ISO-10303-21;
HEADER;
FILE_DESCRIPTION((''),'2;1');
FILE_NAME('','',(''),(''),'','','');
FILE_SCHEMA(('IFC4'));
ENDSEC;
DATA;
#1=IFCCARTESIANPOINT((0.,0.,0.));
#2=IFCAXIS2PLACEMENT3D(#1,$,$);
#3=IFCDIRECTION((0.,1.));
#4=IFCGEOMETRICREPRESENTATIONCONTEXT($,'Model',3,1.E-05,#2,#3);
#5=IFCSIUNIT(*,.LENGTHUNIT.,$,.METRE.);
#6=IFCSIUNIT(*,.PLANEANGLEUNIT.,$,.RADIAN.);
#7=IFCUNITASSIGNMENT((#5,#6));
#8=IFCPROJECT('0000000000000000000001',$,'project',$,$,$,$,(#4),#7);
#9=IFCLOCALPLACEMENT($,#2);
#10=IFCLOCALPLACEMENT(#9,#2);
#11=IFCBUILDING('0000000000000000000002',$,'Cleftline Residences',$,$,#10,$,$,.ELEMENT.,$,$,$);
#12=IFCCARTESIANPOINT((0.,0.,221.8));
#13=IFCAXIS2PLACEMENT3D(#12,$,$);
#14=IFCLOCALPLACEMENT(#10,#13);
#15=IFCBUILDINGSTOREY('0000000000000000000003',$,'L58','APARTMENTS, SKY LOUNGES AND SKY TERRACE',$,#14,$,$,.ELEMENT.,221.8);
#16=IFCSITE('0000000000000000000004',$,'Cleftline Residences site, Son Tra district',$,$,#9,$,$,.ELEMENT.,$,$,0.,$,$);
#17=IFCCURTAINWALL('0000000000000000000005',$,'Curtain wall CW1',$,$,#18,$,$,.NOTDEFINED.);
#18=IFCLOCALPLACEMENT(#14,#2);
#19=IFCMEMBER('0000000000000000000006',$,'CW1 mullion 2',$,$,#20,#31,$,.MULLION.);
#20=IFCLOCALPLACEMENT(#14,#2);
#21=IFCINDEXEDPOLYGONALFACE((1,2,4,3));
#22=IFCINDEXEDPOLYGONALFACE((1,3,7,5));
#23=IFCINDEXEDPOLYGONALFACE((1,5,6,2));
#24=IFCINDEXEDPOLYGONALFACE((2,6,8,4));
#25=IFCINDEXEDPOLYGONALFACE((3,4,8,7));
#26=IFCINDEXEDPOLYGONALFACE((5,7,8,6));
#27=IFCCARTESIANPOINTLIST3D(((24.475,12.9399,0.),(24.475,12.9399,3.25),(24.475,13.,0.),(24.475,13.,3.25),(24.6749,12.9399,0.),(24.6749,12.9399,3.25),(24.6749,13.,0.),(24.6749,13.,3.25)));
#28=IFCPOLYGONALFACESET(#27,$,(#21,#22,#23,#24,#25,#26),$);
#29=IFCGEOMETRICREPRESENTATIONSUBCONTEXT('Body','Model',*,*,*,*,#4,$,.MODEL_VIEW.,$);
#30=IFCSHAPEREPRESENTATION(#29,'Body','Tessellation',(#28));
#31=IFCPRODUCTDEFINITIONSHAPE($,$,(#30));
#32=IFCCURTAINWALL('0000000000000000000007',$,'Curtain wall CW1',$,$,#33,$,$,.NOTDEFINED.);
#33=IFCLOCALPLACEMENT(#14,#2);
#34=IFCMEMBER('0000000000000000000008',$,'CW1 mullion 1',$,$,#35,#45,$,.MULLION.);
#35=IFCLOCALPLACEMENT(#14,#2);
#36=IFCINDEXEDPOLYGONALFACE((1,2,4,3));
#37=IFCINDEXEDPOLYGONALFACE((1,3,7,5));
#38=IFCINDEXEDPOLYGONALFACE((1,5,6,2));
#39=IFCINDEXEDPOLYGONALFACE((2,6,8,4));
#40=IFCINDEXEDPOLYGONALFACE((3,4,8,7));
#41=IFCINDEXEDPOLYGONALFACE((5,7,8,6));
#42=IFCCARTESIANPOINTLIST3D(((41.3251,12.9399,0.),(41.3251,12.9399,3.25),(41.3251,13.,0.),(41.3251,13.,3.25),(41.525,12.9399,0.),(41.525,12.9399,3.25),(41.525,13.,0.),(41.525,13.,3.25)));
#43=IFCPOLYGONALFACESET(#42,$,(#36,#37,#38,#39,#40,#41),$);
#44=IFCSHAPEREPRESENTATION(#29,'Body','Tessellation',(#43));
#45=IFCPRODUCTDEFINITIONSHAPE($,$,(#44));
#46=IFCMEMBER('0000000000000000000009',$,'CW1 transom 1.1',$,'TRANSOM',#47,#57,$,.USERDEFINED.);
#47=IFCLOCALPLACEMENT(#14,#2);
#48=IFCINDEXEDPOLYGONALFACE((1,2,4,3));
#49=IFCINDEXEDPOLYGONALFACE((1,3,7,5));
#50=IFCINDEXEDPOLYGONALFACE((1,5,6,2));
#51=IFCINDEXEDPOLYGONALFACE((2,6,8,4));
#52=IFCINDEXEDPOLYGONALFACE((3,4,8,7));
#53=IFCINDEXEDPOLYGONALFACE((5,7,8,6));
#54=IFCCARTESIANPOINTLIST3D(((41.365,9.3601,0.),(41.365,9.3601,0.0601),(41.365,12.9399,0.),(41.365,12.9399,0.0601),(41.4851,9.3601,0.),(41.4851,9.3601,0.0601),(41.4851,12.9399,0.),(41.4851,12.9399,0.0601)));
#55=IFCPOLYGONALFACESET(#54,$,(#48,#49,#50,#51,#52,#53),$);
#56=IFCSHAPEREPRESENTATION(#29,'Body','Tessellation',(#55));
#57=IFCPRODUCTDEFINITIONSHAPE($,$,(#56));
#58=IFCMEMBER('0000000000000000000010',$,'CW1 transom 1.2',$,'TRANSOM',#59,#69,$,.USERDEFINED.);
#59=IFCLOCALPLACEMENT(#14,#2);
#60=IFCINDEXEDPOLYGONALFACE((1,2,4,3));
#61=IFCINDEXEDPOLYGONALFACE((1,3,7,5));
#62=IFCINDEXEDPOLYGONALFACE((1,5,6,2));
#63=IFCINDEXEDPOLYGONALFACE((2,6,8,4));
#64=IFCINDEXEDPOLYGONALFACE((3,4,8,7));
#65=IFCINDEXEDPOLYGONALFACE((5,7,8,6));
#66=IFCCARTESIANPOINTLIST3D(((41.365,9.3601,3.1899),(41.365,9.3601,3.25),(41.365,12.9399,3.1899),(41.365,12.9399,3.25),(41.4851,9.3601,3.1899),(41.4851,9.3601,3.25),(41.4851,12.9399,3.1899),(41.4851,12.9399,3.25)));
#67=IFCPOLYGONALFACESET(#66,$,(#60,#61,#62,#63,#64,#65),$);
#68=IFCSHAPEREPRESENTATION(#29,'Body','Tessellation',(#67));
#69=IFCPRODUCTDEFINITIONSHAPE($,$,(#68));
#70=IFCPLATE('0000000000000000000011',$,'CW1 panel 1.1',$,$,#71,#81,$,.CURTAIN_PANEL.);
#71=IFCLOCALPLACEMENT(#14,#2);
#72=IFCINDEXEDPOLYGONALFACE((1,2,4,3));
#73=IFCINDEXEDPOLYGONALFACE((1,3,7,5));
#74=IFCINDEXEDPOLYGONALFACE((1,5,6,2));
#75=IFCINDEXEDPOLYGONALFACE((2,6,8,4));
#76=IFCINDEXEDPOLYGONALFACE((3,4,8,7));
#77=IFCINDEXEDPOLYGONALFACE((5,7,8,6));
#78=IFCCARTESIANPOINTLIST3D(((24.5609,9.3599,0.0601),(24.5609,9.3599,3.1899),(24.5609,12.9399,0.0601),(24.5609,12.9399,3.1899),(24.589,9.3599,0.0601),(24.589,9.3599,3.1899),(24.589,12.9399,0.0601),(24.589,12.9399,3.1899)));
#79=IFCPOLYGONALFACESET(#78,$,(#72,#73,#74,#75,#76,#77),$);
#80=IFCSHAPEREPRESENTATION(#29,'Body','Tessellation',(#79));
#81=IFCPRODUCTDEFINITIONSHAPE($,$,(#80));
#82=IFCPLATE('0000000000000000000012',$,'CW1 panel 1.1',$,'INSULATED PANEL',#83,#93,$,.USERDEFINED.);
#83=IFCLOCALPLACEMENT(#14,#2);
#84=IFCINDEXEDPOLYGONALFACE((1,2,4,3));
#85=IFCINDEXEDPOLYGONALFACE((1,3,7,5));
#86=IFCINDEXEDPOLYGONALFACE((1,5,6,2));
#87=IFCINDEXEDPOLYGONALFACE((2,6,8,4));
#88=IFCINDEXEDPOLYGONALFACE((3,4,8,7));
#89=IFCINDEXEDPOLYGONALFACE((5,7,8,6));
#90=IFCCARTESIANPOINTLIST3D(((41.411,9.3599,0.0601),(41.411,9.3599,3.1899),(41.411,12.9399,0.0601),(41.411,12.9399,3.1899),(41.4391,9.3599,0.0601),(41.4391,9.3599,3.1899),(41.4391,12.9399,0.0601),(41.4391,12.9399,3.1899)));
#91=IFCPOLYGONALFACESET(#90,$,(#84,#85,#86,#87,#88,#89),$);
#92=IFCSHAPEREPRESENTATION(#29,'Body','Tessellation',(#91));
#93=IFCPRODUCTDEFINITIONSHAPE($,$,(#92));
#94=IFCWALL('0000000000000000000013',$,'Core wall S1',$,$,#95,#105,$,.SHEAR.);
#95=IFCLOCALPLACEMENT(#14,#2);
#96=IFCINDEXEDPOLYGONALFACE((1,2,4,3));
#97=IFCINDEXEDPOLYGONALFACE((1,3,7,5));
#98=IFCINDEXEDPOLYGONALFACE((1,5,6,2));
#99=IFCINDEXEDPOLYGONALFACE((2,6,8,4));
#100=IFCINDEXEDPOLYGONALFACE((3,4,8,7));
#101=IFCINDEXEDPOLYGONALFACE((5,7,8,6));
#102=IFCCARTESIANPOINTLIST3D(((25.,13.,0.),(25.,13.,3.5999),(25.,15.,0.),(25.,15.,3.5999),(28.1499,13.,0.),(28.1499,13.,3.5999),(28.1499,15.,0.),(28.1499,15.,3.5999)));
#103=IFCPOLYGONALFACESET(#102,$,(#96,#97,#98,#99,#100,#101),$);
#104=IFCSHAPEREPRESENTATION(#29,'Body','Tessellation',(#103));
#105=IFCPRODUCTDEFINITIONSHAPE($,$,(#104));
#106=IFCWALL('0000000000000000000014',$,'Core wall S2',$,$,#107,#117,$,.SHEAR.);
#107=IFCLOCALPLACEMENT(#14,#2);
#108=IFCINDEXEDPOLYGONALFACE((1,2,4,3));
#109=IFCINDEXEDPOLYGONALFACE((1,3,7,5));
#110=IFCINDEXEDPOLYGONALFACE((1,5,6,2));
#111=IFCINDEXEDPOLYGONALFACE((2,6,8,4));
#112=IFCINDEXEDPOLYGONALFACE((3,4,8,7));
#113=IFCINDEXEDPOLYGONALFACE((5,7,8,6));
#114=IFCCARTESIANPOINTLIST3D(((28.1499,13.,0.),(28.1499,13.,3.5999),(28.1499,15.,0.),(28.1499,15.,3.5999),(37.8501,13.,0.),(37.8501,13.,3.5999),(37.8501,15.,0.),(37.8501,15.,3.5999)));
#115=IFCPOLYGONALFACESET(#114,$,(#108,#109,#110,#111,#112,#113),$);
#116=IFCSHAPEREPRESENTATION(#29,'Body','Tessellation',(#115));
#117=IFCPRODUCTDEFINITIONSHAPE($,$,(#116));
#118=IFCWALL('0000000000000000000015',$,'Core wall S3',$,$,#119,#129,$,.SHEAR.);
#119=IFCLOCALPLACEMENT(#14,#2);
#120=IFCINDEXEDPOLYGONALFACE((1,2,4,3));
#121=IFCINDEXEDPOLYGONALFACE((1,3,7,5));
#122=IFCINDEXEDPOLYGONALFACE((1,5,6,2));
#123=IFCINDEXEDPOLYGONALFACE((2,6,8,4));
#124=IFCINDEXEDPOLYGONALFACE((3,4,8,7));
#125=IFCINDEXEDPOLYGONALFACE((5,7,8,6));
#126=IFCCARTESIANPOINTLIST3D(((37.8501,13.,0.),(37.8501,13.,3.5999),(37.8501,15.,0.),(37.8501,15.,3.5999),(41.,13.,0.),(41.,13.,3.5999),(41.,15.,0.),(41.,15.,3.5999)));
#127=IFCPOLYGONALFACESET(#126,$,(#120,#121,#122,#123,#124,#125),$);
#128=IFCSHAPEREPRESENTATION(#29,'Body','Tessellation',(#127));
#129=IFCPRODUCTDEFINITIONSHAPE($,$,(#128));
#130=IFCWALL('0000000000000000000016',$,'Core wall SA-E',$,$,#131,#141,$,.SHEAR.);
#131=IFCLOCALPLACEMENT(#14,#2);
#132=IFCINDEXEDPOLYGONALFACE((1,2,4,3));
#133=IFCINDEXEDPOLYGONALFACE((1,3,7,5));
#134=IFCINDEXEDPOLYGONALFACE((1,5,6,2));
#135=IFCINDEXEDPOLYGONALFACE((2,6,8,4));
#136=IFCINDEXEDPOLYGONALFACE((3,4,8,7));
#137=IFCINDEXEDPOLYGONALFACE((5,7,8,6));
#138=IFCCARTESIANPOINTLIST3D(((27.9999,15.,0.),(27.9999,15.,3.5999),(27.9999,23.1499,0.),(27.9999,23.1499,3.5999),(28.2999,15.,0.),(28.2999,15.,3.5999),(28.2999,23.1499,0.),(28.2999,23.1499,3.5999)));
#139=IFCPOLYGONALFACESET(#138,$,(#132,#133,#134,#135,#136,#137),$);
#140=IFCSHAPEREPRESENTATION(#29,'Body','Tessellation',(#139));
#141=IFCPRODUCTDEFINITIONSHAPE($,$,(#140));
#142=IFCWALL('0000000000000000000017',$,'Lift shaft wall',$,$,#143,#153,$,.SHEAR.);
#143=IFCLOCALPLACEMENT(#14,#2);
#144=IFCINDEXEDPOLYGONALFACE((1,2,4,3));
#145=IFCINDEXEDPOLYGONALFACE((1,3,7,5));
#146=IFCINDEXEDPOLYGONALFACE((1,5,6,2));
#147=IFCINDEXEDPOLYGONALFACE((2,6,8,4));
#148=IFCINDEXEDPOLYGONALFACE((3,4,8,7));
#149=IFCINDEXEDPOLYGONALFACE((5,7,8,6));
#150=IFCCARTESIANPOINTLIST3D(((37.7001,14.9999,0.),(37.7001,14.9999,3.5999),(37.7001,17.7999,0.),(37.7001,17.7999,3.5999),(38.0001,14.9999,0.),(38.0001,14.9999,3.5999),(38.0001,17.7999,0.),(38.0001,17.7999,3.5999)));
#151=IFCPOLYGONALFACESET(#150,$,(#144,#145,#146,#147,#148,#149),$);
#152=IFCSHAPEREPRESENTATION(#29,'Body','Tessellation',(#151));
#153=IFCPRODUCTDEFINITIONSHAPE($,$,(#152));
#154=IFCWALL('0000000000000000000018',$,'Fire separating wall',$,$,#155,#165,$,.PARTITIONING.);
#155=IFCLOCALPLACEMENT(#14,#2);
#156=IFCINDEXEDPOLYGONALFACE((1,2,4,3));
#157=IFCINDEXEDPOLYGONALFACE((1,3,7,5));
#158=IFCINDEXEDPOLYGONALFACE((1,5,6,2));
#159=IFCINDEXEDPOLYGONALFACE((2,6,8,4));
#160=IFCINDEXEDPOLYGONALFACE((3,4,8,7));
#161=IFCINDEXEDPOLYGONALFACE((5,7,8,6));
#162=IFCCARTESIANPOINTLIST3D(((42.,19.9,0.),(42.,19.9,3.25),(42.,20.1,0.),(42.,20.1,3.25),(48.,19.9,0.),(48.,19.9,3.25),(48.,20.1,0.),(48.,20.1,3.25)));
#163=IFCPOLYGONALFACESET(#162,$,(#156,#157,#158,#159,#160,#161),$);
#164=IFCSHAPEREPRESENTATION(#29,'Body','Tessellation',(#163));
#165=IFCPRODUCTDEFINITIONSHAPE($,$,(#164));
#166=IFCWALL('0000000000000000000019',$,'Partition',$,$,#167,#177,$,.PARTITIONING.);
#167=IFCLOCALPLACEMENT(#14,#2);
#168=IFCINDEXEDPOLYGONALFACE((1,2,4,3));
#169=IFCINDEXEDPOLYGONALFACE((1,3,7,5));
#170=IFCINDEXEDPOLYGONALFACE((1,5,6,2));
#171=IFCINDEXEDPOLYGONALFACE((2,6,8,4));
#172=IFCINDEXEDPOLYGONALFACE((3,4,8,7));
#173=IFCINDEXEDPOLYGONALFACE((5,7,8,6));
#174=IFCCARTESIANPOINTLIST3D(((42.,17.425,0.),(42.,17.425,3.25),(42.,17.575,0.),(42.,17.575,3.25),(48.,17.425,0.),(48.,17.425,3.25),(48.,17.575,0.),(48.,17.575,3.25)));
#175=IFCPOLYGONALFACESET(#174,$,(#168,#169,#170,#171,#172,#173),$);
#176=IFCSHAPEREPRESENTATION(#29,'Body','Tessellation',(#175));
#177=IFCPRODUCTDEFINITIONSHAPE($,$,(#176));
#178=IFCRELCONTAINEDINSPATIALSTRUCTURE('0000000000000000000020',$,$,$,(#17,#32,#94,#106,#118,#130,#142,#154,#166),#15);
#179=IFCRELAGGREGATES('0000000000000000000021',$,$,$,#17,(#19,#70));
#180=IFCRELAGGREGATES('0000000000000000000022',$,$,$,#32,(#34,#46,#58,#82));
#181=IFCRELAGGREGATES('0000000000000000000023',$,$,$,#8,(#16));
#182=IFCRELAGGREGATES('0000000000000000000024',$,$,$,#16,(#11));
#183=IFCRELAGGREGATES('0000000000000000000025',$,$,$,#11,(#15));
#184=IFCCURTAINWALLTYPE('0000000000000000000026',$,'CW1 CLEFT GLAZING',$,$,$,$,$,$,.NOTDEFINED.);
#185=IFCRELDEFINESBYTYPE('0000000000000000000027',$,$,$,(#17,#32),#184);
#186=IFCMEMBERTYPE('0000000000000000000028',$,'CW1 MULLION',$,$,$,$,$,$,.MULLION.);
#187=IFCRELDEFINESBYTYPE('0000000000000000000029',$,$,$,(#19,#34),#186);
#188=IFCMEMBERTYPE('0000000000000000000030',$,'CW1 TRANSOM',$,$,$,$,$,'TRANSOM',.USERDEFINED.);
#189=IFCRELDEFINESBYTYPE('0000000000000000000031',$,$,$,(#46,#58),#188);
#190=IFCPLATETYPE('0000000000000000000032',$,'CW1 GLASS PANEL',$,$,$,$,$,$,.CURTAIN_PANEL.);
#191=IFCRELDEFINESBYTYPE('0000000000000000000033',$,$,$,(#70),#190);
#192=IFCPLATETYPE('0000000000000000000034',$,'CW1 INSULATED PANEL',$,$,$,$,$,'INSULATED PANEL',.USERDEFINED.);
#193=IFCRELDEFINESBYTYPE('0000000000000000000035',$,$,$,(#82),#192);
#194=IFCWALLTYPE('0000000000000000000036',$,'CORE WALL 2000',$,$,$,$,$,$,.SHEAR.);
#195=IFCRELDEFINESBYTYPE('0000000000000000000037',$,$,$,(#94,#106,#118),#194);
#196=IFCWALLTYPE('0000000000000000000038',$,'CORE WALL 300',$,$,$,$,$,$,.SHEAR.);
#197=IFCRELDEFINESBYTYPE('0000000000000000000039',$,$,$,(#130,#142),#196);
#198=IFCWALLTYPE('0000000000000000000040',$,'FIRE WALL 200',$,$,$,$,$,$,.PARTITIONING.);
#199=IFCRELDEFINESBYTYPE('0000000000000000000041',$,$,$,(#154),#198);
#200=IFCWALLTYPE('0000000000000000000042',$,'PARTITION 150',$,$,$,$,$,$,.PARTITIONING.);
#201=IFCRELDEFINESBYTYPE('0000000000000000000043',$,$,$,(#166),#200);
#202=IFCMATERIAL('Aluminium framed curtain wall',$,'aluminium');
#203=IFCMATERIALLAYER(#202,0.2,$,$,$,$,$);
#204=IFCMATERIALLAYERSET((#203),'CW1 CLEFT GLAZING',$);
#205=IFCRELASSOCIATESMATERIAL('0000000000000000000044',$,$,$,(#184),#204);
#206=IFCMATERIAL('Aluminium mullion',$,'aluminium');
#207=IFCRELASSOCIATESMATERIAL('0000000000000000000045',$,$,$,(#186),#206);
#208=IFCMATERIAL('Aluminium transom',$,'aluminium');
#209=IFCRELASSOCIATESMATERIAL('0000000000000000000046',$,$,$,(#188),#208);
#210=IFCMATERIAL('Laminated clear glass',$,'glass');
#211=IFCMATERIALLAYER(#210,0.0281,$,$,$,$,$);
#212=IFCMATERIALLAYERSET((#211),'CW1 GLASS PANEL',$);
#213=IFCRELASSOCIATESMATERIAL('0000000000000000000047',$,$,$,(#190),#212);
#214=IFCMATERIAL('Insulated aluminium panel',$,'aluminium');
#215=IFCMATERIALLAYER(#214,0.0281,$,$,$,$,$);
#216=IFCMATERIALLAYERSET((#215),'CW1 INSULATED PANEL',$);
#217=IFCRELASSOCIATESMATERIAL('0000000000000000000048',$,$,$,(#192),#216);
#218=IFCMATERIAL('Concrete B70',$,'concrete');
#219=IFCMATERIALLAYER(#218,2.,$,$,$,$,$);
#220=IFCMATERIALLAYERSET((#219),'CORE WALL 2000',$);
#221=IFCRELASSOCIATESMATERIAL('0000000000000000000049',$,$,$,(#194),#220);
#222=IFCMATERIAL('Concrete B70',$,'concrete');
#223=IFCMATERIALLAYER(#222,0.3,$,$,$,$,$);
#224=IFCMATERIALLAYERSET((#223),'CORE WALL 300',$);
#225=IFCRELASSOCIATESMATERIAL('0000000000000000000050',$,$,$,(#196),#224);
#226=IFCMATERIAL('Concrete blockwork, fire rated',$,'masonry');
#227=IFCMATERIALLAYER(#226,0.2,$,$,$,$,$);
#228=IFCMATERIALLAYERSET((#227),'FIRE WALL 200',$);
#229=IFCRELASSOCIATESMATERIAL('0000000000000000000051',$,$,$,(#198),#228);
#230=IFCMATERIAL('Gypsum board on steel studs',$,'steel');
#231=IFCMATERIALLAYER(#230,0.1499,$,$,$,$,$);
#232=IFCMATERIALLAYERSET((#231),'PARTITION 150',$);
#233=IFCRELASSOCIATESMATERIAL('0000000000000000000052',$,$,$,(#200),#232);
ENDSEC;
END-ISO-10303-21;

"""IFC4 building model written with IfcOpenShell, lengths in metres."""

from ifc_helpers import new_model, si_unit, direction, frame, frame_2d, origin, origin_2d, place, context, subcontext, project, spatial, rectangle, extrude, material, layer, layer_set, material_profile, profile_set, type_object, element, aggregate, save


model = new_model("IFC4")

# Units and contexts
model_context = context("Model", 3, precision=1e-05, world=origin(), true_north=direction((0.0, 1.0)))
body_context = subcontext(model_context, "Body", "Model", "MODEL_VIEW")
ifc_project = project(units=[si_unit("LENGTHUNIT", "METRE"), si_unit("PLANEANGLEUNIT", "RADIAN")], contexts=[model_context])

# Site, building, storey
site_placement = place(None, origin())
site = spatial("IfcSite", under=ifc_project, at=site_placement, Name="Cleftline Residences site, Son Tra district", CompositionType="ELEMENT", RefElevation=0.0)
building_placement = place(site_placement, origin())
building = spatial("IfcBuilding", under=site, at=building_placement, Name="Cleftline Residences", CompositionType="ELEMENT")
storey_placement = place(building_placement, frame((0.0, 0.0, 221.8)))
storey = spatial("IfcBuildingStorey", under=building, at=storey_placement, Name="L58", Description="APARTMENTS, SKY LOUNGES AND SKY TERRACE", CompositionType="ELEMENT", Elevation=221.8)

# Curtain wall, member
ifc_material_1 = material(Name="Aluminium framed curtain wall", Category="aluminium")
ifc_layer_1 = layer(ifc_material_1, 0.2)
ifc_layer_set_1 = layer_set([ifc_layer_1], Name="CW1 CLEFT GLAZING")
curtain_wall_type = type_object("IfcCurtainWallType", Name="CW1 CLEFT GLAZING", PredefinedType="NOTDEFINED", material=ifc_layer_set_1)
curtain_wall_1_placement = place(storey_placement, origin())
curtain_wall_1 = element("IfcCurtainWall", 1, at=curtain_wall_1_placement, inside=storey, type_object=curtain_wall_type, Name="Curtain wall CW1", PredefinedType="NOTDEFINED")
ifc_material_2 = material(Name="Aluminium mullion", Category="aluminium")
ifc_material_profile_1 = material_profile(ifc_material_2, rectangle(XDim=0.2, YDim=0.0601, at=origin_2d()))
ifc_profile_set_1 = profile_set([ifc_material_profile_1], Name="Aluminium mullion")
member_type_1 = type_object("IfcMemberType", Name="CW1 MULLION", PredefinedType="MULLION", material=ifc_profile_set_1)
member_1_placement = place(storey_placement, frame((24.575, 12.97, 0.0), z_axis=(0.0, 0.0, 1.0), x_axis=(-1.0, 0.0, 0.0)))
member_1 = element("IfcMember", 2, at=member_1_placement, type_object=member_type_1, Name="CW1 mullion 2", PredefinedType="MULLION", context=body_context, shape_type="SweptSolid", body=[
    extrude(rectangle(XDim=0.2, YDim=0.0601, at=origin_2d()), origin(), (0.0, 0.0, 1.0), 3.25),
])

# Curtain wall, members
curtain_wall_2_placement = place(storey_placement, origin())
curtain_wall_2 = element("IfcCurtainWall", 3, at=curtain_wall_2_placement, inside=storey, type_object=curtain_wall_type, Name="Curtain wall CW1", PredefinedType="NOTDEFINED")
member_2_placement = place(storey_placement, frame((41.425, 12.97, 0.0), z_axis=(0.0, 0.0, 1.0), x_axis=(1.0, 0.0, 0.0)))
member_2 = element("IfcMember", 4, at=member_2_placement, type_object=member_type_1, Name="CW1 mullion 1", PredefinedType="MULLION", context=body_context, shape_type="SweptSolid", body=[
    extrude(rectangle(XDim=0.2, YDim=0.0601, at=origin_2d()), origin(), (0.0, 0.0, 1.0), 3.25),
])
ifc_material_3 = material(Name="Aluminium transom", Category="aluminium")
ifc_material_profile_2 = material_profile(ifc_material_3, rectangle(XDim=0.1201, YDim=0.0601, at=origin_2d()))
ifc_profile_set_2 = profile_set([ifc_material_profile_2], Name="Aluminium transom")
member_type_2 = type_object("IfcMemberType", Name="CW1 TRANSOM", ElementType="TRANSOM", PredefinedType="USERDEFINED", material=ifc_profile_set_2)
member_3_placement = place(storey_placement, frame((41.425, 12.9399, 0.03), z_axis=(0.0, -1.0, 0.0), x_axis=(1.0, 0.0, 0.0)))
member_3 = element("IfcMember", 5, at=member_3_placement, type_object=member_type_2, Name="CW1 transom 1.1", ObjectType="TRANSOM", PredefinedType="USERDEFINED", context=body_context, shape_type="SweptSolid", body=[
    extrude(rectangle(XDim=0.1201, YDim=0.0601, at=origin_2d()), origin(), (0.0, 0.0, 1.0), 3.5798),
])
member_4_placement = place(storey_placement, frame((41.425, 12.9399, 3.22), z_axis=(0.0, -1.0, 0.0), x_axis=(1.0, 0.0, 0.0)))
member_4 = element("IfcMember", 6, at=member_4_placement, type_object=member_type_2, Name="CW1 transom 1.2", ObjectType="TRANSOM", PredefinedType="USERDEFINED", context=body_context, shape_type="SweptSolid", body=[
    extrude(rectangle(XDim=0.1201, YDim=0.0601, at=origin_2d()), origin(), (0.0, 0.0, 1.0), 3.5798),
])

# Plates
ifc_material_4 = material(Name="Laminated clear glass", Category="glass")
ifc_layer_2 = layer(ifc_material_4, 0.0281)
ifc_layer_set_2 = layer_set([ifc_layer_2], Name="CW1 GLASS PANEL")
plate_type_1 = type_object("IfcPlateType", Name="CW1 GLASS PANEL", PredefinedType="CURTAIN_PANEL", material=ifc_layer_set_2)
plate_1_placement = place(storey_placement, frame((24.575, 11.1499, 0.0601), z_axis=(0.0, 0.0, 1.0), x_axis=(0.0, 1.0, 0.0)))
plate_1 = element("IfcPlate", 7, at=plate_1_placement, type_object=plate_type_1, Name="CW1 panel 1.1", PredefinedType="CURTAIN_PANEL", context=body_context, shape_type="SweptSolid", body=[
    extrude(rectangle(XDim=3.5801, YDim=0.0281, at=origin_2d()), origin(), (0.0, 0.0, 1.0), 3.1299),
])
aggregate(curtain_wall_1, [member_1, plate_1])
ifc_material_5 = material(Name="Insulated aluminium panel", Category="aluminium")
ifc_layer_3 = layer(ifc_material_5, 0.0281)
ifc_layer_set_3 = layer_set([ifc_layer_3], Name="CW1 INSULATED PANEL")
plate_type_2 = type_object("IfcPlateType", Name="CW1 INSULATED PANEL", ElementType="INSULATED PANEL", PredefinedType="USERDEFINED", material=ifc_layer_set_3)
plate_2_placement = place(storey_placement, frame((41.425, 11.1499, 0.0601), z_axis=(0.0, 0.0, 1.0), x_axis=(0.0, -1.0, 0.0)))
plate_2 = element("IfcPlate", 8, at=plate_2_placement, type_object=plate_type_2, Name="CW1 panel 1.1", ObjectType="INSULATED PANEL", PredefinedType="USERDEFINED", context=body_context, shape_type="SweptSolid", body=[
    extrude(rectangle(XDim=3.5801, YDim=0.0281, at=origin_2d()), origin(), (0.0, 0.0, 1.0), 3.1299),
])
aggregate(curtain_wall_2, [member_2, member_3, member_4, plate_2])

# Walls
ifc_material_6 = material(Name="Concrete B70", Category="concrete")
ifc_layer_4 = layer(ifc_material_6, 2.0)
ifc_layer_set_4 = layer_set([ifc_layer_4], Name="CORE WALL 2000")
wall_type_1 = type_object("IfcWallType", Name="CORE WALL 2000", PredefinedType="SHEAR", material=ifc_layer_set_4)
wall_1_placement = place(storey_placement, frame((25.0, 14.0, 0.0), z_axis=(0.0, 0.0, 1.0), x_axis=(1.0, 0.0, 0.0)))
element("IfcWall", 9, at=wall_1_placement, inside=storey, type_object=wall_type_1, Name="Core wall S1", PredefinedType="SHEAR", context=body_context, shape_type="SweptSolid", body=[
    extrude(rectangle(XDim=3.1499, YDim=2.0, at=frame_2d((1.575, 0.0))), origin(), (0.0, 0.0, 1.0), 3.5999),
])
wall_2_placement = place(storey_placement, frame((28.1499, 14.0, 0.0), z_axis=(0.0, 0.0, 1.0), x_axis=(1.0, 0.0, 0.0)))
element("IfcWall", 10, at=wall_2_placement, inside=storey, type_object=wall_type_1, Name="Core wall S2", PredefinedType="SHEAR", context=body_context, shape_type="SweptSolid", body=[
    extrude(rectangle(XDim=9.7002, YDim=2.0, at=frame_2d((4.8501, 0.0))), origin(), (0.0, 0.0, 1.0), 3.5999),
])
wall_3_placement = place(storey_placement, frame((37.8501, 14.0, 0.0), z_axis=(0.0, 0.0, 1.0), x_axis=(1.0, 0.0, 0.0)))
element("IfcWall", 11, at=wall_3_placement, inside=storey, type_object=wall_type_1, Name="Core wall S3", PredefinedType="SHEAR", context=body_context, shape_type="SweptSolid", body=[
    extrude(rectangle(XDim=3.1499, YDim=2.0, at=frame_2d((1.575, 0.0))), origin(), (0.0, 0.0, 1.0), 3.5999),
])
ifc_material_7 = material(Name="Concrete B70", Category="concrete")
ifc_layer_5 = layer(ifc_material_7, 0.3)
ifc_layer_set_5 = layer_set([ifc_layer_5], Name="CORE WALL 300")
wall_type_2 = type_object("IfcWallType", Name="CORE WALL 300", PredefinedType="SHEAR", material=ifc_layer_set_5)
wall_4_placement = place(storey_placement, frame((28.1499, 15.0, 0.0), z_axis=(0.0, 0.0, 1.0), x_axis=(0.0, 1.0, 0.0)))
element("IfcWall", 12, at=wall_4_placement, inside=storey, type_object=wall_type_2, Name="Core wall SA-E", PredefinedType="SHEAR", context=body_context, shape_type="SweptSolid", body=[
    extrude(rectangle(XDim=8.1499, YDim=0.3, at=frame_2d((4.075, 0.0))), origin(), (0.0, 0.0, 1.0), 3.5999),
])
wall_5_placement = place(storey_placement, frame((37.8501, 15.0, 0.0), z_axis=(0.0, 0.0, 1.0), x_axis=(0.0, 1.0, 0.0)))
element("IfcWall", 13, at=wall_5_placement, inside=storey, type_object=wall_type_2, Name="Lift shaft wall", PredefinedType="SHEAR", context=body_context, shape_type="SweptSolid", body=[
    extrude(rectangle(XDim=2.8, YDim=0.3, at=frame_2d((1.3999, 0.0))), origin(), (0.0, 0.0, 1.0), 3.5999),
])
ifc_material_8 = material(Name="Concrete blockwork, fire rated", Category="masonry")
ifc_layer_6 = layer(ifc_material_8, 0.2)
ifc_layer_set_6 = layer_set([ifc_layer_6], Name="FIRE WALL 200")
wall_type_3 = type_object("IfcWallType", Name="FIRE WALL 200", PredefinedType="PARTITIONING", material=ifc_layer_set_6)
wall_6_placement = place(storey_placement, frame((42.0, 20.0, 0.0), z_axis=(0.0, 0.0, 1.0), x_axis=(1.0, 0.0, 0.0)))
element("IfcWall", 14, at=wall_6_placement, inside=storey, type_object=wall_type_3, Name="Fire separating wall", PredefinedType="PARTITIONING", context=body_context, shape_type="SweptSolid", body=[
    extrude(rectangle(XDim=6.0, YDim=0.2, at=frame_2d((3.0, 0.0))), origin(), (0.0, 0.0, 1.0), 3.25),
])
ifc_material_9 = material(Name="Gypsum board on steel studs", Category="steel")
ifc_layer_7 = layer(ifc_material_9, 0.1499)
ifc_layer_set_7 = layer_set([ifc_layer_7], Name="PARTITION 150")
wall_type_4 = type_object("IfcWallType", Name="PARTITION 150", PredefinedType="PARTITIONING", material=ifc_layer_set_7)
wall_7_placement = place(storey_placement, frame((42.0, 17.5, 0.0), z_axis=(0.0, 0.0, 1.0), x_axis=(1.0, 0.0, 0.0)))
element("IfcWall", 15, at=wall_7_placement, inside=storey, type_object=wall_type_4, Name="Partition", PredefinedType="PARTITIONING", context=body_context, shape_type="SweptSolid", body=[
    extrude(rectangle(XDim=6.0, YDim=0.1499, at=frame_2d((3.0, 0.0))), origin(), (0.0, 0.0, 1.0), 3.25),
])

save(model, "model.ifc")
